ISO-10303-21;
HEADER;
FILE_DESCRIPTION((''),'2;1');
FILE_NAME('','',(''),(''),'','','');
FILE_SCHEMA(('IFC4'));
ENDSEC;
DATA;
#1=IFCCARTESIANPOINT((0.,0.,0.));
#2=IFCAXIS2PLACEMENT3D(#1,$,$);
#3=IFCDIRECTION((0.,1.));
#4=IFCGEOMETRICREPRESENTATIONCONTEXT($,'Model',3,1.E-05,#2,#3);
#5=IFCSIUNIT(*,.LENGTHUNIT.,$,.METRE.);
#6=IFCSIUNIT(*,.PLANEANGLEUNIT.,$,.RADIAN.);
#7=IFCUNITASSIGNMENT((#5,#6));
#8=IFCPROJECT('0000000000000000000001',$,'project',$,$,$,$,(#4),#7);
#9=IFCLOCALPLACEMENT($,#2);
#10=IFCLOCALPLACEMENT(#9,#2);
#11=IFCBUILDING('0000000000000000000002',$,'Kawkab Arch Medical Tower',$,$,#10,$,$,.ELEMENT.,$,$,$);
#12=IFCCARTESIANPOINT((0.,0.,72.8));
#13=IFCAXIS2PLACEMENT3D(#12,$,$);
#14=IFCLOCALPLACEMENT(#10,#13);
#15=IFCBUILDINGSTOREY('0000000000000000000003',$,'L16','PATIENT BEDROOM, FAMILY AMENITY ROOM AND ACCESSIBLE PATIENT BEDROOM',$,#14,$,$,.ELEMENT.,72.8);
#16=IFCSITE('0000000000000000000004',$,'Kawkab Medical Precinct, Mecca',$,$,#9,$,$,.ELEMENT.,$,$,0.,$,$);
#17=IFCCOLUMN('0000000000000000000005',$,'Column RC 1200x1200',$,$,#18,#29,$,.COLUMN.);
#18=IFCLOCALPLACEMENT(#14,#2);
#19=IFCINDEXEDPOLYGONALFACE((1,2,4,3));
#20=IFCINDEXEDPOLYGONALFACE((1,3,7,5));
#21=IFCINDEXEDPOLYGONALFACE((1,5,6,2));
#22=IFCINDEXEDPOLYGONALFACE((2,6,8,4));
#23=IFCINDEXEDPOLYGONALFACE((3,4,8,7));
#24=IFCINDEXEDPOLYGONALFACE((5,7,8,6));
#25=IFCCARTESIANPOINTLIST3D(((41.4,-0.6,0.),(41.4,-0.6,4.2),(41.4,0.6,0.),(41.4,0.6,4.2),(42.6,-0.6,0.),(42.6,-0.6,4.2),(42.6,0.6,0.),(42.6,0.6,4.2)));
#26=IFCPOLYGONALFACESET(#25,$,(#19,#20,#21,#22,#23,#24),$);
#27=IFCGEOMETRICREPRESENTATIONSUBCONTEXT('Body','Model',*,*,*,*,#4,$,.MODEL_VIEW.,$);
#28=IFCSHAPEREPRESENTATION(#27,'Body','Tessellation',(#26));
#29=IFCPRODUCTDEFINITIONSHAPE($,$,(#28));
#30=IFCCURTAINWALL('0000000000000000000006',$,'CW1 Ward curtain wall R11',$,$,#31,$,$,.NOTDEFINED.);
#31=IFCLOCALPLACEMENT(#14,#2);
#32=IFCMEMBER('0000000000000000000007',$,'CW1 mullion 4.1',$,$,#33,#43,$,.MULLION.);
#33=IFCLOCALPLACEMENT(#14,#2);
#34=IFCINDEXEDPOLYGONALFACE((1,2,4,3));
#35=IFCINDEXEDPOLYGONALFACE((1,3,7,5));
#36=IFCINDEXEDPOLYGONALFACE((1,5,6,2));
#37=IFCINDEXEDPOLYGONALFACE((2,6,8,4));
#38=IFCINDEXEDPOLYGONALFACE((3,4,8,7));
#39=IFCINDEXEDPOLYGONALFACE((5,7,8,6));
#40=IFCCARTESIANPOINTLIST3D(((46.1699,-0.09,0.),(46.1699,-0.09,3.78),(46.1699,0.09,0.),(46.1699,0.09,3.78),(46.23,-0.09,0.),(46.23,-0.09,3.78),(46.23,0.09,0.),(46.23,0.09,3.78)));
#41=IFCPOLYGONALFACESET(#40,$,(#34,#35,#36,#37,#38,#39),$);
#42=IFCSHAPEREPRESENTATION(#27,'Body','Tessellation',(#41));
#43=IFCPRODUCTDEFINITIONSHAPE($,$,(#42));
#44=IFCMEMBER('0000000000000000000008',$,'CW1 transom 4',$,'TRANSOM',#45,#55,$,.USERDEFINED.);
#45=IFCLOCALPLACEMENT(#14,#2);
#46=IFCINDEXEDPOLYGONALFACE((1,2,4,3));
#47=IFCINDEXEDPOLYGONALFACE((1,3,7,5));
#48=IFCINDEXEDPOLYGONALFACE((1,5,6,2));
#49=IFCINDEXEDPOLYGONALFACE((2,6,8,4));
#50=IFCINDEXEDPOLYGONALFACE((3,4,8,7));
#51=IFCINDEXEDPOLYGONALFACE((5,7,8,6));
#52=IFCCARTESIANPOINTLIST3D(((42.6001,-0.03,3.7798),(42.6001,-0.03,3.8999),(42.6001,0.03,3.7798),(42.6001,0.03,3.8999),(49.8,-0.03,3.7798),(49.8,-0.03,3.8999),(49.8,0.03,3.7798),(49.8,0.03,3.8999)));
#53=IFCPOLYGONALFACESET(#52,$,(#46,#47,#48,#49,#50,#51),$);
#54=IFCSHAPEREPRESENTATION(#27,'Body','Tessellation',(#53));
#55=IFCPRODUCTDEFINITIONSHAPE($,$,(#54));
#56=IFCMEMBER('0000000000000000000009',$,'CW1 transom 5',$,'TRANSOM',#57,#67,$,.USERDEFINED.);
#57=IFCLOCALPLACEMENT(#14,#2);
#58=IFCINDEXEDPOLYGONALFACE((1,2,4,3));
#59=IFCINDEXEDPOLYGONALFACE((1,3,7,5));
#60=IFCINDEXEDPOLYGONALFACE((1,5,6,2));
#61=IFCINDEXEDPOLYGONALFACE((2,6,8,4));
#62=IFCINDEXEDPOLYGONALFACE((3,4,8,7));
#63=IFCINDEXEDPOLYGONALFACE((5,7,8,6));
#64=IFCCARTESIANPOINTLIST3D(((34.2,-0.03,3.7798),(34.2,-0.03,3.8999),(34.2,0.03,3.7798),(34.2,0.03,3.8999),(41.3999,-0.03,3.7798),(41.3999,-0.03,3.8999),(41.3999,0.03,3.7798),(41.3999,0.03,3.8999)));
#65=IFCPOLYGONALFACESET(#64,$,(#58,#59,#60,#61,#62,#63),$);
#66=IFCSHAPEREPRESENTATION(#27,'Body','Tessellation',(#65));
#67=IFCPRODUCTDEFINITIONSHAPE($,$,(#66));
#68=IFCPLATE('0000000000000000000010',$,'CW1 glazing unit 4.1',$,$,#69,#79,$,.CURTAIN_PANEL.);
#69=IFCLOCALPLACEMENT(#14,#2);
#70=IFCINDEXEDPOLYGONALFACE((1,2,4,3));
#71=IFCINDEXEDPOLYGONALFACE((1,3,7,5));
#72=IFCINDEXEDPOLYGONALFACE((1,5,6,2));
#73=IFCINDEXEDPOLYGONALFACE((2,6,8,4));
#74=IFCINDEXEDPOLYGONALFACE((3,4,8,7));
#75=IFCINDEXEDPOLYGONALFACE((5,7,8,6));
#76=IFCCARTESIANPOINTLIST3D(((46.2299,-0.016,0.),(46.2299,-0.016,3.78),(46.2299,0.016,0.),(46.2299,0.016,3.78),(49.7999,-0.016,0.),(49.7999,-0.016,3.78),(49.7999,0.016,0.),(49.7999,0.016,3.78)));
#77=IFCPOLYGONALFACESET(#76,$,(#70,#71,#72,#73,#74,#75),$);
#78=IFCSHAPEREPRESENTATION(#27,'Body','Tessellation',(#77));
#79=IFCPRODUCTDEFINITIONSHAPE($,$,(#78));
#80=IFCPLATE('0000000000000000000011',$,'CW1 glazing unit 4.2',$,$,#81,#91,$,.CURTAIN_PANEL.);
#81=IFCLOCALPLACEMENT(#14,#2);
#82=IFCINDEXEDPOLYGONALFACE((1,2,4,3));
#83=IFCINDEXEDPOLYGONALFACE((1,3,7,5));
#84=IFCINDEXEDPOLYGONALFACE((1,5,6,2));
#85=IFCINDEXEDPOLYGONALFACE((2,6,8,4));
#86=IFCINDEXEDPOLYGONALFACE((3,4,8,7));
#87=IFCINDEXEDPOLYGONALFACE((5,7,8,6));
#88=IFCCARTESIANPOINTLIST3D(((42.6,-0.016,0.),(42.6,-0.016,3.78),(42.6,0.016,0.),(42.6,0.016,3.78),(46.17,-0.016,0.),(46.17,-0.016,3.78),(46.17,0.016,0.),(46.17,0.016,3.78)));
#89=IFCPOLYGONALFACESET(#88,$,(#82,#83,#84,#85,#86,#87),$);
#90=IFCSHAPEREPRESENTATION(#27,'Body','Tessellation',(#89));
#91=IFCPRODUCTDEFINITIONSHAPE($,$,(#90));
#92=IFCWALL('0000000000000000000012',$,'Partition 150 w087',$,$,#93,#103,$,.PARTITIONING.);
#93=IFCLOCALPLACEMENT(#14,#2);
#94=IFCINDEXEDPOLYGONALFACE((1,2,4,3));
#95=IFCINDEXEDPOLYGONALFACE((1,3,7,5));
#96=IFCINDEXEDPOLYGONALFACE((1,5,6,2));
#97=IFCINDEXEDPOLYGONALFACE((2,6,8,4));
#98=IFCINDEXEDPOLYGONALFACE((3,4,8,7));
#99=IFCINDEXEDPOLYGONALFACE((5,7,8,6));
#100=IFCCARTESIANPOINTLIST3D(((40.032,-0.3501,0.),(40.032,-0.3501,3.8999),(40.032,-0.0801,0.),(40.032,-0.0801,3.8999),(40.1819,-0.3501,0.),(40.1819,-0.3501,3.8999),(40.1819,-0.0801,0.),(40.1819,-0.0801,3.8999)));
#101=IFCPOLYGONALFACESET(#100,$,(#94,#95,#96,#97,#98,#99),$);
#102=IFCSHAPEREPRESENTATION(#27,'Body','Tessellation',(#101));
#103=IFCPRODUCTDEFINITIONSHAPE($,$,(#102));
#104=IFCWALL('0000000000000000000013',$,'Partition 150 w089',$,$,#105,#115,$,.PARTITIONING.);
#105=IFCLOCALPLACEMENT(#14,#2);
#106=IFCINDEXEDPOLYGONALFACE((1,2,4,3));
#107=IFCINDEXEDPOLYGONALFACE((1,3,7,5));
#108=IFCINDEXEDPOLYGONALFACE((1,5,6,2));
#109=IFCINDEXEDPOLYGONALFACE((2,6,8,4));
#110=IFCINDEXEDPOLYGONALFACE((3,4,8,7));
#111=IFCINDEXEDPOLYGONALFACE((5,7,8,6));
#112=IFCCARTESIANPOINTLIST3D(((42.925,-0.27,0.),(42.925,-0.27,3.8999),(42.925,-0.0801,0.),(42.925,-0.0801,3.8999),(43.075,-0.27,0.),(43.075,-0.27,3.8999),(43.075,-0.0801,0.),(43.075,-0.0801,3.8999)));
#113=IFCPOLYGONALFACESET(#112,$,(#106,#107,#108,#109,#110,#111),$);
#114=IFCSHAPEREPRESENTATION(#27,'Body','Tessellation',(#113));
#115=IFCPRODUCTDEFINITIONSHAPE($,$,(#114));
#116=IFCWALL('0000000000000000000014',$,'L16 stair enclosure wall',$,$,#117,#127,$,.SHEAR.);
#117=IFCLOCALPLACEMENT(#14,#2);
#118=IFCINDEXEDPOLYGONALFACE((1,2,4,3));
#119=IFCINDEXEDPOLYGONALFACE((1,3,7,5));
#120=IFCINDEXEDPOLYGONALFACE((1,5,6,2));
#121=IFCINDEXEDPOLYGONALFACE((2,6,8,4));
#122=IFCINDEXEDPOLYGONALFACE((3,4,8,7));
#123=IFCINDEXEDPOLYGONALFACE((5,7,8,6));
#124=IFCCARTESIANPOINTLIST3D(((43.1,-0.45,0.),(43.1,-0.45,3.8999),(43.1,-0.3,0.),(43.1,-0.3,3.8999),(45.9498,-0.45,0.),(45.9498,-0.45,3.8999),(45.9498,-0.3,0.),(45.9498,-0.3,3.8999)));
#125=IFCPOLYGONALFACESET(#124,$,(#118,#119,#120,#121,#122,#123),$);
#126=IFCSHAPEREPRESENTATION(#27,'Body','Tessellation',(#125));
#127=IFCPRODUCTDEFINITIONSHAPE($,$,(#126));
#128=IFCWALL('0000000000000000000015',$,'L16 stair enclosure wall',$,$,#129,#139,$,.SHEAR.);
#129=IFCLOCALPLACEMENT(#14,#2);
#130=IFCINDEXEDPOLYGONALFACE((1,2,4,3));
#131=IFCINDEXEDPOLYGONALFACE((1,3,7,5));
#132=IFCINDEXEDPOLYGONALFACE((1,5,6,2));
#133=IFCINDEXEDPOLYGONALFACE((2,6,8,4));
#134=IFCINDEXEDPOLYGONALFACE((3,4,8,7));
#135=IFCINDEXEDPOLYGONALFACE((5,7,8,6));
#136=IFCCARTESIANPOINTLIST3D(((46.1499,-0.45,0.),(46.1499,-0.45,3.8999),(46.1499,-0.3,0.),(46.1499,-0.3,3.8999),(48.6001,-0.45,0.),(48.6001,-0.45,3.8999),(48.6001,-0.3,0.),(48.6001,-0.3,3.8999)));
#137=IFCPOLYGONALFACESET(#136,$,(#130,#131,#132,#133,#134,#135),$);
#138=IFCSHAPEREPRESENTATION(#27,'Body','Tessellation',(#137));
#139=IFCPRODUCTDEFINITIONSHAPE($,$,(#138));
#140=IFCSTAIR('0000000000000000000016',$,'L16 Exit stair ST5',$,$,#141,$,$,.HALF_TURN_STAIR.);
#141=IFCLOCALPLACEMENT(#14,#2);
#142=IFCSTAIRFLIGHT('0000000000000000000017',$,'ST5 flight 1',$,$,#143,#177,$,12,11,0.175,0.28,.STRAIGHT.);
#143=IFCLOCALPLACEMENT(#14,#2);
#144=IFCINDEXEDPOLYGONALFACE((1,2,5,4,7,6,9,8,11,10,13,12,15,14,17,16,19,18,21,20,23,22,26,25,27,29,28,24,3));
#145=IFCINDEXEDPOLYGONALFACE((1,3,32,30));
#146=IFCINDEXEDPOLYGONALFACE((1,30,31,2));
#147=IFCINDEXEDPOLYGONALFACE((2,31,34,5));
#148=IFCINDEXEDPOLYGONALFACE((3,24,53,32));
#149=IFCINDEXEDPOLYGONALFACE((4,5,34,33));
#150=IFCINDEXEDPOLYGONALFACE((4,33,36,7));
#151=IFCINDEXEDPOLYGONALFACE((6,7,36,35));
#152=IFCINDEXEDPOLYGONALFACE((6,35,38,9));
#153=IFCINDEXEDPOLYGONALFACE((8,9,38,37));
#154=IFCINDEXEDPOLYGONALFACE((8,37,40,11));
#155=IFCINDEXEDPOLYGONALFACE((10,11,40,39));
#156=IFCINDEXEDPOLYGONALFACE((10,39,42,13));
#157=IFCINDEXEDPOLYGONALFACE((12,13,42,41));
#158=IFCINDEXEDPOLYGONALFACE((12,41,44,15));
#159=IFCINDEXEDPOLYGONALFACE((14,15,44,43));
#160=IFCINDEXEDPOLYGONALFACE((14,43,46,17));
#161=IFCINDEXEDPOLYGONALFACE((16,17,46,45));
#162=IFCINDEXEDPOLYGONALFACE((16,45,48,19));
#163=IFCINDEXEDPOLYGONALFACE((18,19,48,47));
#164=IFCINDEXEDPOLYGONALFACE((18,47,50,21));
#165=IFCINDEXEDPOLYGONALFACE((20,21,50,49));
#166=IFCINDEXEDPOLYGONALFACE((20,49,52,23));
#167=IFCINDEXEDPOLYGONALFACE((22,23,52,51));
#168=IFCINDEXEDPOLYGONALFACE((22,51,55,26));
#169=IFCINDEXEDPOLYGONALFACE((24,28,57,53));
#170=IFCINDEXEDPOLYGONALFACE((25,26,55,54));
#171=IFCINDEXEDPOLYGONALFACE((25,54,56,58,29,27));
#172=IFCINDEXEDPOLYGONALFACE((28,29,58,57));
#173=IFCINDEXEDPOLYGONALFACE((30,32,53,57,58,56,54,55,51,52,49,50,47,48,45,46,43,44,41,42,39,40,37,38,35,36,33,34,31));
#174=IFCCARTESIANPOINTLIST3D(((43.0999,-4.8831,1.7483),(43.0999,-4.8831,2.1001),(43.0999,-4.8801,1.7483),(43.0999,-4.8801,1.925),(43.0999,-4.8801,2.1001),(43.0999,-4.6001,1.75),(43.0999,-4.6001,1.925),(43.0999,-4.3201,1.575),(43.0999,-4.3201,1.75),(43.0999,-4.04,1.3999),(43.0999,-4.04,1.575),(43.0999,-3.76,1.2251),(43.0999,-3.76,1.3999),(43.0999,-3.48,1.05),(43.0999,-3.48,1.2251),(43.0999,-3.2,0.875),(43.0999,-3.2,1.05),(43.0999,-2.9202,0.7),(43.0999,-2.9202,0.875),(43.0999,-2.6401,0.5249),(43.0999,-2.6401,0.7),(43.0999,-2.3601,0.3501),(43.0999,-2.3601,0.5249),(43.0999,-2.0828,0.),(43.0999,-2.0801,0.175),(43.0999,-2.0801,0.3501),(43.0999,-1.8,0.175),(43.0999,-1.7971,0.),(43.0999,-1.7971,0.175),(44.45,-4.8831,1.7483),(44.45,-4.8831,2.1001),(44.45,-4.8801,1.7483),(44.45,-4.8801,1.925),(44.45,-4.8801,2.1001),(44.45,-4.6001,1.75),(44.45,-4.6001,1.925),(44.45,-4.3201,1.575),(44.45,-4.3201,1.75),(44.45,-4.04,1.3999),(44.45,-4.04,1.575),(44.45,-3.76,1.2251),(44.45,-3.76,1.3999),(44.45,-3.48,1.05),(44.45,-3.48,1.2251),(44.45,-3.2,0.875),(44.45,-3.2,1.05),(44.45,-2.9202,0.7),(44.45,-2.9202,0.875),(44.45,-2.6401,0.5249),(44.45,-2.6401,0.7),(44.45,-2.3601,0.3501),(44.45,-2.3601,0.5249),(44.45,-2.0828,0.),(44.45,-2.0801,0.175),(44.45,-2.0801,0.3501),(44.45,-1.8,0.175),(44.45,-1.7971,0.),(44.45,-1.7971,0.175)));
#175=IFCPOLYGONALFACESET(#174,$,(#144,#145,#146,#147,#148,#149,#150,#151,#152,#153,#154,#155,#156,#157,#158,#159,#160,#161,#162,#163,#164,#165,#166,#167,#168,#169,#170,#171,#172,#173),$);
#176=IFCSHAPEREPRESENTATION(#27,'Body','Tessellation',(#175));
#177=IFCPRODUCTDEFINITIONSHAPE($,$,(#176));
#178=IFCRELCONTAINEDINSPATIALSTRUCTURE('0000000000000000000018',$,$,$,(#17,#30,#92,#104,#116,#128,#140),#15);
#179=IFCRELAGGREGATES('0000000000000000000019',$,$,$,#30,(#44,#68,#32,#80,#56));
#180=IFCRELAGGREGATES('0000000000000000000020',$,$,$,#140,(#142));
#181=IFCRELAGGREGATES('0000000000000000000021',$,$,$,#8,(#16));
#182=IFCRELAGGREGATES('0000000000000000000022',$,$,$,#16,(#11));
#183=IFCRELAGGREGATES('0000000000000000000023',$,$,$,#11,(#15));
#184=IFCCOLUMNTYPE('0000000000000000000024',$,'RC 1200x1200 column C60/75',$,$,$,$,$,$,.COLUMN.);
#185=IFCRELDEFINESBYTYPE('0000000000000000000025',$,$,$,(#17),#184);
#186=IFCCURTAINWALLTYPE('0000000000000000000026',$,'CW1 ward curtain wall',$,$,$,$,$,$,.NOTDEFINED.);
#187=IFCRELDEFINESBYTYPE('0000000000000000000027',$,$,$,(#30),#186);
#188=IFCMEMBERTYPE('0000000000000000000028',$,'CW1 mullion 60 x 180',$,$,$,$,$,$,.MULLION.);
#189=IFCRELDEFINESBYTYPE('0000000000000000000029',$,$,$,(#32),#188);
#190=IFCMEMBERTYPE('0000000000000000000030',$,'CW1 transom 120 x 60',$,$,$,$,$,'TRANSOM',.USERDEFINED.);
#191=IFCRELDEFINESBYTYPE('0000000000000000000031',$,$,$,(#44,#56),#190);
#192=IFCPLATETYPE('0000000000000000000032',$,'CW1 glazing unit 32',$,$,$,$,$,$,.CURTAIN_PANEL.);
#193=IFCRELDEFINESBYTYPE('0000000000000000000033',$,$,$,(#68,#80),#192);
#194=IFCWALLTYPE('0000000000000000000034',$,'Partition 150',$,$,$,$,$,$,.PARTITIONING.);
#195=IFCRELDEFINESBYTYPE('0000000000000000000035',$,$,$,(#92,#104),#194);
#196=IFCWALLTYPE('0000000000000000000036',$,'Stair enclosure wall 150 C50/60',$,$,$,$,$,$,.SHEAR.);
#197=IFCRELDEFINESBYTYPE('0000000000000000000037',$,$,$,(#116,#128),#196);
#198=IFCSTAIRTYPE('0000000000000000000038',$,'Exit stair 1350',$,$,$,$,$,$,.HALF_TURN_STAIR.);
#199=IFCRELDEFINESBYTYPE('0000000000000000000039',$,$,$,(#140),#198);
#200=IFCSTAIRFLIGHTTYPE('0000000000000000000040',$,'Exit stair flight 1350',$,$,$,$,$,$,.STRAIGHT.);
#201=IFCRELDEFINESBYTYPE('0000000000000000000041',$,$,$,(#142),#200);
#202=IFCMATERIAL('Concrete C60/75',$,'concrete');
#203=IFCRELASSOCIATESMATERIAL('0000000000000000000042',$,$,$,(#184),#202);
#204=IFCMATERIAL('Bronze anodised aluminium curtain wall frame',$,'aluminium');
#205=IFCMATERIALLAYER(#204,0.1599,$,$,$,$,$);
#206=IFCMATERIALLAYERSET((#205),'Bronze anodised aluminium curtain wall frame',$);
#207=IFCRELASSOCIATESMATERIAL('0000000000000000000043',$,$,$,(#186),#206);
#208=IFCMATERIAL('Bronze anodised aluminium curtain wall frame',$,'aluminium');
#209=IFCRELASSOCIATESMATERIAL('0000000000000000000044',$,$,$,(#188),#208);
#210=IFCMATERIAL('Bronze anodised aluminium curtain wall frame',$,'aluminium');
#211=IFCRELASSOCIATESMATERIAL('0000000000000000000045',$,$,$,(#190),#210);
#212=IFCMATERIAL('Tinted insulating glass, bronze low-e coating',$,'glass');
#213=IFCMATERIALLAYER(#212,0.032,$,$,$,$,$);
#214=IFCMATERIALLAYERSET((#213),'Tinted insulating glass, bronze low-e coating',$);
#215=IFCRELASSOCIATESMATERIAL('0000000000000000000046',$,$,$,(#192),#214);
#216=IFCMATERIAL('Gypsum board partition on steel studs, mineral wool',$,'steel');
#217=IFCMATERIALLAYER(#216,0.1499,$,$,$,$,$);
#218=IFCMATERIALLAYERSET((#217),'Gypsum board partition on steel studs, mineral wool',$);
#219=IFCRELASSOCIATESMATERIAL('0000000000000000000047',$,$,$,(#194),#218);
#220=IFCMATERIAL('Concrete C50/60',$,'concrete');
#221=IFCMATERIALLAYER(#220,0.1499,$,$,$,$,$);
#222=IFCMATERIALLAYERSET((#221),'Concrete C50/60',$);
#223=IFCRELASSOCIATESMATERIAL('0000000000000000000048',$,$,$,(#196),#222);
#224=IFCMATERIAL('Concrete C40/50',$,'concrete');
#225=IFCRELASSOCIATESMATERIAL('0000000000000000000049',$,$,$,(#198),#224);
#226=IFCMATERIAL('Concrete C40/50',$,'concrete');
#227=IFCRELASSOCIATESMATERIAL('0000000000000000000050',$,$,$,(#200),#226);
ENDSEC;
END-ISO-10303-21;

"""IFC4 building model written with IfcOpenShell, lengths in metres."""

from ifc_helpers import new_model, si_unit, direction, frame, frame_2d, origin, origin_2d, place, context, subcontext, project, spatial, polyline, rectangle, outline, extrude, material, layer, layer_set, material_profile, profile_set, type_object, element, aggregate, save


model = new_model("IFC4")

# Units and contexts
model_context = context("Model", 3, precision=1e-05, world=origin(), true_north=direction((0.0, 1.0)))
body_context = subcontext(model_context, "Body", "Model", "MODEL_VIEW")
ifc_project = project(units=[si_unit("LENGTHUNIT", "METRE"), si_unit("PLANEANGLEUNIT", "RADIAN")], contexts=[model_context])

# Site, building, storey
site_placement = place(None, origin())
site = spatial("IfcSite", under=ifc_project, at=site_placement, Name="Kawkab Medical Precinct, Mecca", CompositionType="ELEMENT", RefElevation=0.0)
building_placement = place(site_placement, origin())
building = spatial("IfcBuilding", under=site, at=building_placement, Name="Kawkab Arch Medical Tower", CompositionType="ELEMENT")
storey_placement = place(building_placement, frame((0.0, 0.0, 72.8)))
storey = spatial("IfcBuildingStorey", under=building, at=storey_placement, Name="L16", Description="PATIENT BEDROOM, FAMILY AMENITY ROOM AND ACCESSIBLE PATIENT BEDROOM", CompositionType="ELEMENT", Elevation=72.8)

# Column
ifc_material_1 = material(Name="Concrete C60/75", Category="concrete")
ifc_material_profile_1 = material_profile(ifc_material_1, rectangle(XDim=1.2, YDim=1.2, at=origin_2d()), Name="RC 1200x1200")
ifc_profile_set_1 = profile_set([ifc_material_profile_1], Name="Concrete C60/75")
column_type = type_object("IfcColumnType", Name="RC 1200x1200 column C60/75", PredefinedType="COLUMN", material=ifc_profile_set_1)
column_placement = place(storey_placement, frame((42.0, 0.0, 0.0), z_axis=(0.0, 0.0, 1.0), x_axis=(1.0, 0.0, 0.0)))
element("IfcColumn", 1, at=column_placement, inside=storey, type_object=column_type, Name="Column RC 1200x1200", PredefinedType="COLUMN", context=body_context, shape_type="SweptSolid", body=[
    extrude(rectangle(XDim=1.2, YDim=1.2, at=origin_2d()), origin(), (0.0, 0.0, 1.0), 4.2),
])

# Curtain wall, members, plates
ifc_material_2 = material(Name="Bronze anodised aluminium curtain wall frame", Category="aluminium")
ifc_layer_1 = layer(ifc_material_2, 0.1599)
ifc_layer_set_1 = layer_set([ifc_layer_1], Name="Bronze anodised aluminium curtain wall frame")
curtain_wall_type = type_object("IfcCurtainWallType", Name="CW1 ward curtain wall", PredefinedType="NOTDEFINED", material=ifc_layer_set_1)
placement = place(storey_placement, origin())
curtain_wall = element("IfcCurtainWall", 2, at=placement, inside=storey, type_object=curtain_wall_type, Name="CW1 Ward curtain wall R11", PredefinedType="NOTDEFINED")
ifc_material_3 = material(Name="Bronze anodised aluminium curtain wall frame", Category="aluminium")
ifc_material_profile_2 = material_profile(ifc_material_3, rectangle(XDim=0.1799, YDim=0.0601, at=origin_2d()), Name="AL 60x180")
ifc_profile_set_2 = profile_set([ifc_material_profile_2], Name="Bronze anodised aluminium curtain wall frame")
member_type_1 = type_object("IfcMemberType", Name="CW1 mullion 60 x 180", PredefinedType="MULLION", material=ifc_profile_set_2)
member_1_placement = place(storey_placement, frame((46.2, 0.0, 0.0), z_axis=(0.0, 0.0, 1.0), x_axis=(0.0, -1.0, 0.0)))
member_1 = element("IfcMember", 3, at=member_1_placement, type_object=member_type_1, Name="CW1 mullion 4.1", PredefinedType="MULLION", context=body_context, shape_type="SweptSolid", body=[
    extrude(rectangle(XDim=0.1799, YDim=0.0601, at=origin_2d()), origin(), (0.0, 0.0, 1.0), 3.78),
])
ifc_material_4 = material(Name="Bronze anodised aluminium curtain wall frame", Category="aluminium")
ifc_material_profile_3 = material_profile(ifc_material_4, rectangle(XDim=0.0601, YDim=0.1201, at=origin_2d()), Name="AL 60x120")
ifc_profile_set_3 = profile_set([ifc_material_profile_3], Name="Bronze anodised aluminium curtain wall frame")
member_type_2 = type_object("IfcMemberType", Name="CW1 transom 120 x 60", ElementType="TRANSOM", PredefinedType="USERDEFINED", material=ifc_profile_set_3)
member_2_placement = place(storey_placement, frame((49.8, 0.0, 3.8398), z_axis=(-1.0, 0.0, 0.0), x_axis=(0.0, -1.0, 0.0)))
member_2 = element("IfcMember", 4, at=member_2_placement, type_object=member_type_2, Name="CW1 transom 4", ObjectType="TRANSOM", PredefinedType="USERDEFINED", context=body_context, shape_type="SweptSolid", body=[
    extrude(rectangle(XDim=0.0601, YDim=0.1201, at=origin_2d()), origin(), (0.0, 0.0, 1.0), 7.2),
])
member_3_placement = place(storey_placement, frame((41.3999, 0.0, 3.8398), z_axis=(-1.0, 0.0, 0.0), x_axis=(0.0, -1.0, 0.0)))
member_3 = element("IfcMember", 5, at=member_3_placement, type_object=member_type_2, Name="CW1 transom 5", ObjectType="TRANSOM", PredefinedType="USERDEFINED", context=body_context, shape_type="SweptSolid", body=[
    extrude(rectangle(XDim=0.0601, YDim=0.1201, at=origin_2d()), origin(), (0.0, 0.0, 1.0), 7.2),
])
ifc_material_5 = material(Name="Tinted insulating glass, bronze low-e coating", Category="glass")
ifc_layer_2 = layer(ifc_material_5, 0.032)
ifc_layer_set_2 = layer_set([ifc_layer_2], Name="Tinted insulating glass, bronze low-e coating")
plate_type = type_object("IfcPlateType", Name="CW1 glazing unit 32", PredefinedType="CURTAIN_PANEL", material=ifc_layer_set_2)
plate_1_placement = place(storey_placement, frame((48.0149, 0.0, 0.0), z_axis=(0.0, 0.0, 1.0), x_axis=(-1.0, 0.0, 0.0)))
plate_1 = element("IfcPlate", 6, at=plate_1_placement, type_object=plate_type, Name="CW1 glazing unit 4.1", PredefinedType="CURTAIN_PANEL", context=body_context, shape_type="SweptSolid", body=[
    extrude(rectangle(XDim=3.5701, YDim=0.032, at=origin_2d()), origin(), (0.0, 0.0, 1.0), 3.78),
])
plate_2_placement = place(storey_placement, frame((44.385, 0.0, 0.0), z_axis=(0.0, 0.0, 1.0), x_axis=(-1.0, 0.0, 0.0)))
plate_2 = element("IfcPlate", 7, at=plate_2_placement, type_object=plate_type, Name="CW1 glazing unit 4.2", PredefinedType="CURTAIN_PANEL", context=body_context, shape_type="SweptSolid", body=[
    extrude(rectangle(XDim=3.5701, YDim=0.032, at=origin_2d()), origin(), (0.0, 0.0, 1.0), 3.78),
])
aggregate(curtain_wall, [member_2, plate_1, member_1, plate_2, member_3])

# Walls
ifc_material_6 = material(Name="Gypsum board partition on steel studs, mineral wool", Category="steel")
ifc_layer_3 = layer(ifc_material_6, 0.1499)
ifc_layer_set_3 = layer_set([ifc_layer_3], Name="Gypsum board partition on steel studs, mineral wool")
wall_type_1 = type_object("IfcWallType", Name="Partition 150", PredefinedType="PARTITIONING", material=ifc_layer_set_3)
wall_1_placement = place(storey_placement, frame((40.1069, -0.3501, 0.0), z_axis=(0.0, 0.0, 1.0), x_axis=(0.0, 1.0, 0.0)))
element("IfcWall", 8, at=wall_1_placement, inside=storey, type_object=wall_type_1, Name="Partition 150 w087", PredefinedType="PARTITIONING", context=body_context, shape_type="SweptSolid", body=[
    extrude(rectangle(XDim=0.27, YDim=0.1499, at=frame_2d((0.135, 0.0))), origin(), (0.0, 0.0, 1.0), 3.8999),
])
wall_2_placement = place(storey_placement, frame((43.0, -0.27, 0.0), z_axis=(0.0, 0.0, 1.0), x_axis=(0.0, 1.0, 0.0)))
element("IfcWall", 9, at=wall_2_placement, inside=storey, type_object=wall_type_1, Name="Partition 150 w089", PredefinedType="PARTITIONING", context=body_context, shape_type="SweptSolid", body=[
    extrude(rectangle(XDim=0.1899, YDim=0.1499, at=frame_2d((0.095, 0.0))), origin(), (0.0, 0.0, 1.0), 3.8999),
])
ifc_material_7 = material(Name="Concrete C50/60", Category="concrete")
ifc_layer_4 = layer(ifc_material_7, 0.1499)
ifc_layer_set_4 = layer_set([ifc_layer_4], Name="Concrete C50/60")
wall_type_2 = type_object("IfcWallType", Name="Stair enclosure wall 150 C50/60", PredefinedType="SHEAR", material=ifc_layer_set_4)
wall_3_placement = place(storey_placement, frame((43.1001, -0.375, 0.0), z_axis=(0.0, 0.0, 1.0), x_axis=(1.0, 0.0, 0.0)))
element("IfcWall", 10, at=wall_3_placement, inside=storey, type_object=wall_type_2, Name="L16 stair enclosure wall", PredefinedType="SHEAR", context=body_context, shape_type="SweptSolid", body=[
    extrude(rectangle(XDim=2.8499, YDim=0.1499, at=frame_2d((1.4248, 0.0))), origin(), (0.0, 0.0, 1.0), 3.8999),
])
wall_4_placement = place(storey_placement, frame((46.1499, -0.375, 0.0), z_axis=(0.0, 0.0, 1.0), x_axis=(1.0, 0.0, 0.0)))
element("IfcWall", 11, at=wall_4_placement, inside=storey, type_object=wall_type_2, Name="L16 stair enclosure wall", PredefinedType="SHEAR", context=body_context, shape_type="SweptSolid", body=[
    extrude(rectangle(XDim=2.4502, YDim=0.1499, at=frame_2d((1.2251, 0.0))), origin(), (0.0, 0.0, 1.0), 3.8999),
])

# Stair, stair flight
ifc_material_8 = material(Name="Concrete C40/50", Category="concrete")
stair_type = type_object("IfcStairType", Name="Exit stair 1350", PredefinedType="HALF_TURN_STAIR", material=ifc_material_8)
stair = element("IfcStair", 12, at=placement, inside=storey, type_object=stair_type, Name="L16 Exit stair ST5", PredefinedType="HALF_TURN_STAIR")
ifc_material_9 = material(Name="Concrete C40/50", Category="concrete")
stair_flight_type = type_object("IfcStairFlightType", Name="Exit stair flight 1350", PredefinedType="STRAIGHT", material=ifc_material_9)
stair_flight_placement = place(storey_placement, frame((43.7749, -1.8, 0.0), z_axis=(0.0, 0.0, 1.0), x_axis=(0.0, -1.0, 0.0)))
stair_flight = element("IfcStairFlight", 13, at=stair_flight_placement, type_object=stair_flight_type, Name="ST5 flight 1", NumberOfRisers=12, NumberOfTreads=11, PredefinedType="STRAIGHT", RiserHeight=0.175, TreadLength=0.28, context=body_context, shape_type="SweptSolid", body=[
    extrude(outline(polyline([(-0.0029, 0.0), (-0.0029, 0.175), (0.0, 0.175), (0.28, 0.175), (0.28, 0.3501), (0.5601, 0.3501), (0.5601, 0.5249), (0.8401, 0.5249), (0.8401, 0.7), (1.1201, 0.7), (1.1201, 0.875), (1.3999, 0.875), (1.3999, 1.05), (1.6799, 1.05), (1.6799, 1.2251), (1.96, 1.2251), (1.96, 1.3999), (2.24, 1.3999), (2.24, 1.575), (2.52, 1.575), (2.52, 1.75), (2.8, 1.75), (2.8, 1.925), (3.0801, 1.925), (3.0801, 2.1001), (3.083, 2.1001), (3.083, 1.7483), (3.0801, 1.7483), (0.2827, 0.0), (-0.0029, 0.0)])), frame((0.0, 0.675, 0.0), z_axis=(0.0, -1.0, 0.0), x_axis=(1.0, 0.0, 0.0)), (0.0, 0.0, 1.0), 1.3501),
])
aggregate(stair, [stair_flight])

save(model, "model.ifc")
